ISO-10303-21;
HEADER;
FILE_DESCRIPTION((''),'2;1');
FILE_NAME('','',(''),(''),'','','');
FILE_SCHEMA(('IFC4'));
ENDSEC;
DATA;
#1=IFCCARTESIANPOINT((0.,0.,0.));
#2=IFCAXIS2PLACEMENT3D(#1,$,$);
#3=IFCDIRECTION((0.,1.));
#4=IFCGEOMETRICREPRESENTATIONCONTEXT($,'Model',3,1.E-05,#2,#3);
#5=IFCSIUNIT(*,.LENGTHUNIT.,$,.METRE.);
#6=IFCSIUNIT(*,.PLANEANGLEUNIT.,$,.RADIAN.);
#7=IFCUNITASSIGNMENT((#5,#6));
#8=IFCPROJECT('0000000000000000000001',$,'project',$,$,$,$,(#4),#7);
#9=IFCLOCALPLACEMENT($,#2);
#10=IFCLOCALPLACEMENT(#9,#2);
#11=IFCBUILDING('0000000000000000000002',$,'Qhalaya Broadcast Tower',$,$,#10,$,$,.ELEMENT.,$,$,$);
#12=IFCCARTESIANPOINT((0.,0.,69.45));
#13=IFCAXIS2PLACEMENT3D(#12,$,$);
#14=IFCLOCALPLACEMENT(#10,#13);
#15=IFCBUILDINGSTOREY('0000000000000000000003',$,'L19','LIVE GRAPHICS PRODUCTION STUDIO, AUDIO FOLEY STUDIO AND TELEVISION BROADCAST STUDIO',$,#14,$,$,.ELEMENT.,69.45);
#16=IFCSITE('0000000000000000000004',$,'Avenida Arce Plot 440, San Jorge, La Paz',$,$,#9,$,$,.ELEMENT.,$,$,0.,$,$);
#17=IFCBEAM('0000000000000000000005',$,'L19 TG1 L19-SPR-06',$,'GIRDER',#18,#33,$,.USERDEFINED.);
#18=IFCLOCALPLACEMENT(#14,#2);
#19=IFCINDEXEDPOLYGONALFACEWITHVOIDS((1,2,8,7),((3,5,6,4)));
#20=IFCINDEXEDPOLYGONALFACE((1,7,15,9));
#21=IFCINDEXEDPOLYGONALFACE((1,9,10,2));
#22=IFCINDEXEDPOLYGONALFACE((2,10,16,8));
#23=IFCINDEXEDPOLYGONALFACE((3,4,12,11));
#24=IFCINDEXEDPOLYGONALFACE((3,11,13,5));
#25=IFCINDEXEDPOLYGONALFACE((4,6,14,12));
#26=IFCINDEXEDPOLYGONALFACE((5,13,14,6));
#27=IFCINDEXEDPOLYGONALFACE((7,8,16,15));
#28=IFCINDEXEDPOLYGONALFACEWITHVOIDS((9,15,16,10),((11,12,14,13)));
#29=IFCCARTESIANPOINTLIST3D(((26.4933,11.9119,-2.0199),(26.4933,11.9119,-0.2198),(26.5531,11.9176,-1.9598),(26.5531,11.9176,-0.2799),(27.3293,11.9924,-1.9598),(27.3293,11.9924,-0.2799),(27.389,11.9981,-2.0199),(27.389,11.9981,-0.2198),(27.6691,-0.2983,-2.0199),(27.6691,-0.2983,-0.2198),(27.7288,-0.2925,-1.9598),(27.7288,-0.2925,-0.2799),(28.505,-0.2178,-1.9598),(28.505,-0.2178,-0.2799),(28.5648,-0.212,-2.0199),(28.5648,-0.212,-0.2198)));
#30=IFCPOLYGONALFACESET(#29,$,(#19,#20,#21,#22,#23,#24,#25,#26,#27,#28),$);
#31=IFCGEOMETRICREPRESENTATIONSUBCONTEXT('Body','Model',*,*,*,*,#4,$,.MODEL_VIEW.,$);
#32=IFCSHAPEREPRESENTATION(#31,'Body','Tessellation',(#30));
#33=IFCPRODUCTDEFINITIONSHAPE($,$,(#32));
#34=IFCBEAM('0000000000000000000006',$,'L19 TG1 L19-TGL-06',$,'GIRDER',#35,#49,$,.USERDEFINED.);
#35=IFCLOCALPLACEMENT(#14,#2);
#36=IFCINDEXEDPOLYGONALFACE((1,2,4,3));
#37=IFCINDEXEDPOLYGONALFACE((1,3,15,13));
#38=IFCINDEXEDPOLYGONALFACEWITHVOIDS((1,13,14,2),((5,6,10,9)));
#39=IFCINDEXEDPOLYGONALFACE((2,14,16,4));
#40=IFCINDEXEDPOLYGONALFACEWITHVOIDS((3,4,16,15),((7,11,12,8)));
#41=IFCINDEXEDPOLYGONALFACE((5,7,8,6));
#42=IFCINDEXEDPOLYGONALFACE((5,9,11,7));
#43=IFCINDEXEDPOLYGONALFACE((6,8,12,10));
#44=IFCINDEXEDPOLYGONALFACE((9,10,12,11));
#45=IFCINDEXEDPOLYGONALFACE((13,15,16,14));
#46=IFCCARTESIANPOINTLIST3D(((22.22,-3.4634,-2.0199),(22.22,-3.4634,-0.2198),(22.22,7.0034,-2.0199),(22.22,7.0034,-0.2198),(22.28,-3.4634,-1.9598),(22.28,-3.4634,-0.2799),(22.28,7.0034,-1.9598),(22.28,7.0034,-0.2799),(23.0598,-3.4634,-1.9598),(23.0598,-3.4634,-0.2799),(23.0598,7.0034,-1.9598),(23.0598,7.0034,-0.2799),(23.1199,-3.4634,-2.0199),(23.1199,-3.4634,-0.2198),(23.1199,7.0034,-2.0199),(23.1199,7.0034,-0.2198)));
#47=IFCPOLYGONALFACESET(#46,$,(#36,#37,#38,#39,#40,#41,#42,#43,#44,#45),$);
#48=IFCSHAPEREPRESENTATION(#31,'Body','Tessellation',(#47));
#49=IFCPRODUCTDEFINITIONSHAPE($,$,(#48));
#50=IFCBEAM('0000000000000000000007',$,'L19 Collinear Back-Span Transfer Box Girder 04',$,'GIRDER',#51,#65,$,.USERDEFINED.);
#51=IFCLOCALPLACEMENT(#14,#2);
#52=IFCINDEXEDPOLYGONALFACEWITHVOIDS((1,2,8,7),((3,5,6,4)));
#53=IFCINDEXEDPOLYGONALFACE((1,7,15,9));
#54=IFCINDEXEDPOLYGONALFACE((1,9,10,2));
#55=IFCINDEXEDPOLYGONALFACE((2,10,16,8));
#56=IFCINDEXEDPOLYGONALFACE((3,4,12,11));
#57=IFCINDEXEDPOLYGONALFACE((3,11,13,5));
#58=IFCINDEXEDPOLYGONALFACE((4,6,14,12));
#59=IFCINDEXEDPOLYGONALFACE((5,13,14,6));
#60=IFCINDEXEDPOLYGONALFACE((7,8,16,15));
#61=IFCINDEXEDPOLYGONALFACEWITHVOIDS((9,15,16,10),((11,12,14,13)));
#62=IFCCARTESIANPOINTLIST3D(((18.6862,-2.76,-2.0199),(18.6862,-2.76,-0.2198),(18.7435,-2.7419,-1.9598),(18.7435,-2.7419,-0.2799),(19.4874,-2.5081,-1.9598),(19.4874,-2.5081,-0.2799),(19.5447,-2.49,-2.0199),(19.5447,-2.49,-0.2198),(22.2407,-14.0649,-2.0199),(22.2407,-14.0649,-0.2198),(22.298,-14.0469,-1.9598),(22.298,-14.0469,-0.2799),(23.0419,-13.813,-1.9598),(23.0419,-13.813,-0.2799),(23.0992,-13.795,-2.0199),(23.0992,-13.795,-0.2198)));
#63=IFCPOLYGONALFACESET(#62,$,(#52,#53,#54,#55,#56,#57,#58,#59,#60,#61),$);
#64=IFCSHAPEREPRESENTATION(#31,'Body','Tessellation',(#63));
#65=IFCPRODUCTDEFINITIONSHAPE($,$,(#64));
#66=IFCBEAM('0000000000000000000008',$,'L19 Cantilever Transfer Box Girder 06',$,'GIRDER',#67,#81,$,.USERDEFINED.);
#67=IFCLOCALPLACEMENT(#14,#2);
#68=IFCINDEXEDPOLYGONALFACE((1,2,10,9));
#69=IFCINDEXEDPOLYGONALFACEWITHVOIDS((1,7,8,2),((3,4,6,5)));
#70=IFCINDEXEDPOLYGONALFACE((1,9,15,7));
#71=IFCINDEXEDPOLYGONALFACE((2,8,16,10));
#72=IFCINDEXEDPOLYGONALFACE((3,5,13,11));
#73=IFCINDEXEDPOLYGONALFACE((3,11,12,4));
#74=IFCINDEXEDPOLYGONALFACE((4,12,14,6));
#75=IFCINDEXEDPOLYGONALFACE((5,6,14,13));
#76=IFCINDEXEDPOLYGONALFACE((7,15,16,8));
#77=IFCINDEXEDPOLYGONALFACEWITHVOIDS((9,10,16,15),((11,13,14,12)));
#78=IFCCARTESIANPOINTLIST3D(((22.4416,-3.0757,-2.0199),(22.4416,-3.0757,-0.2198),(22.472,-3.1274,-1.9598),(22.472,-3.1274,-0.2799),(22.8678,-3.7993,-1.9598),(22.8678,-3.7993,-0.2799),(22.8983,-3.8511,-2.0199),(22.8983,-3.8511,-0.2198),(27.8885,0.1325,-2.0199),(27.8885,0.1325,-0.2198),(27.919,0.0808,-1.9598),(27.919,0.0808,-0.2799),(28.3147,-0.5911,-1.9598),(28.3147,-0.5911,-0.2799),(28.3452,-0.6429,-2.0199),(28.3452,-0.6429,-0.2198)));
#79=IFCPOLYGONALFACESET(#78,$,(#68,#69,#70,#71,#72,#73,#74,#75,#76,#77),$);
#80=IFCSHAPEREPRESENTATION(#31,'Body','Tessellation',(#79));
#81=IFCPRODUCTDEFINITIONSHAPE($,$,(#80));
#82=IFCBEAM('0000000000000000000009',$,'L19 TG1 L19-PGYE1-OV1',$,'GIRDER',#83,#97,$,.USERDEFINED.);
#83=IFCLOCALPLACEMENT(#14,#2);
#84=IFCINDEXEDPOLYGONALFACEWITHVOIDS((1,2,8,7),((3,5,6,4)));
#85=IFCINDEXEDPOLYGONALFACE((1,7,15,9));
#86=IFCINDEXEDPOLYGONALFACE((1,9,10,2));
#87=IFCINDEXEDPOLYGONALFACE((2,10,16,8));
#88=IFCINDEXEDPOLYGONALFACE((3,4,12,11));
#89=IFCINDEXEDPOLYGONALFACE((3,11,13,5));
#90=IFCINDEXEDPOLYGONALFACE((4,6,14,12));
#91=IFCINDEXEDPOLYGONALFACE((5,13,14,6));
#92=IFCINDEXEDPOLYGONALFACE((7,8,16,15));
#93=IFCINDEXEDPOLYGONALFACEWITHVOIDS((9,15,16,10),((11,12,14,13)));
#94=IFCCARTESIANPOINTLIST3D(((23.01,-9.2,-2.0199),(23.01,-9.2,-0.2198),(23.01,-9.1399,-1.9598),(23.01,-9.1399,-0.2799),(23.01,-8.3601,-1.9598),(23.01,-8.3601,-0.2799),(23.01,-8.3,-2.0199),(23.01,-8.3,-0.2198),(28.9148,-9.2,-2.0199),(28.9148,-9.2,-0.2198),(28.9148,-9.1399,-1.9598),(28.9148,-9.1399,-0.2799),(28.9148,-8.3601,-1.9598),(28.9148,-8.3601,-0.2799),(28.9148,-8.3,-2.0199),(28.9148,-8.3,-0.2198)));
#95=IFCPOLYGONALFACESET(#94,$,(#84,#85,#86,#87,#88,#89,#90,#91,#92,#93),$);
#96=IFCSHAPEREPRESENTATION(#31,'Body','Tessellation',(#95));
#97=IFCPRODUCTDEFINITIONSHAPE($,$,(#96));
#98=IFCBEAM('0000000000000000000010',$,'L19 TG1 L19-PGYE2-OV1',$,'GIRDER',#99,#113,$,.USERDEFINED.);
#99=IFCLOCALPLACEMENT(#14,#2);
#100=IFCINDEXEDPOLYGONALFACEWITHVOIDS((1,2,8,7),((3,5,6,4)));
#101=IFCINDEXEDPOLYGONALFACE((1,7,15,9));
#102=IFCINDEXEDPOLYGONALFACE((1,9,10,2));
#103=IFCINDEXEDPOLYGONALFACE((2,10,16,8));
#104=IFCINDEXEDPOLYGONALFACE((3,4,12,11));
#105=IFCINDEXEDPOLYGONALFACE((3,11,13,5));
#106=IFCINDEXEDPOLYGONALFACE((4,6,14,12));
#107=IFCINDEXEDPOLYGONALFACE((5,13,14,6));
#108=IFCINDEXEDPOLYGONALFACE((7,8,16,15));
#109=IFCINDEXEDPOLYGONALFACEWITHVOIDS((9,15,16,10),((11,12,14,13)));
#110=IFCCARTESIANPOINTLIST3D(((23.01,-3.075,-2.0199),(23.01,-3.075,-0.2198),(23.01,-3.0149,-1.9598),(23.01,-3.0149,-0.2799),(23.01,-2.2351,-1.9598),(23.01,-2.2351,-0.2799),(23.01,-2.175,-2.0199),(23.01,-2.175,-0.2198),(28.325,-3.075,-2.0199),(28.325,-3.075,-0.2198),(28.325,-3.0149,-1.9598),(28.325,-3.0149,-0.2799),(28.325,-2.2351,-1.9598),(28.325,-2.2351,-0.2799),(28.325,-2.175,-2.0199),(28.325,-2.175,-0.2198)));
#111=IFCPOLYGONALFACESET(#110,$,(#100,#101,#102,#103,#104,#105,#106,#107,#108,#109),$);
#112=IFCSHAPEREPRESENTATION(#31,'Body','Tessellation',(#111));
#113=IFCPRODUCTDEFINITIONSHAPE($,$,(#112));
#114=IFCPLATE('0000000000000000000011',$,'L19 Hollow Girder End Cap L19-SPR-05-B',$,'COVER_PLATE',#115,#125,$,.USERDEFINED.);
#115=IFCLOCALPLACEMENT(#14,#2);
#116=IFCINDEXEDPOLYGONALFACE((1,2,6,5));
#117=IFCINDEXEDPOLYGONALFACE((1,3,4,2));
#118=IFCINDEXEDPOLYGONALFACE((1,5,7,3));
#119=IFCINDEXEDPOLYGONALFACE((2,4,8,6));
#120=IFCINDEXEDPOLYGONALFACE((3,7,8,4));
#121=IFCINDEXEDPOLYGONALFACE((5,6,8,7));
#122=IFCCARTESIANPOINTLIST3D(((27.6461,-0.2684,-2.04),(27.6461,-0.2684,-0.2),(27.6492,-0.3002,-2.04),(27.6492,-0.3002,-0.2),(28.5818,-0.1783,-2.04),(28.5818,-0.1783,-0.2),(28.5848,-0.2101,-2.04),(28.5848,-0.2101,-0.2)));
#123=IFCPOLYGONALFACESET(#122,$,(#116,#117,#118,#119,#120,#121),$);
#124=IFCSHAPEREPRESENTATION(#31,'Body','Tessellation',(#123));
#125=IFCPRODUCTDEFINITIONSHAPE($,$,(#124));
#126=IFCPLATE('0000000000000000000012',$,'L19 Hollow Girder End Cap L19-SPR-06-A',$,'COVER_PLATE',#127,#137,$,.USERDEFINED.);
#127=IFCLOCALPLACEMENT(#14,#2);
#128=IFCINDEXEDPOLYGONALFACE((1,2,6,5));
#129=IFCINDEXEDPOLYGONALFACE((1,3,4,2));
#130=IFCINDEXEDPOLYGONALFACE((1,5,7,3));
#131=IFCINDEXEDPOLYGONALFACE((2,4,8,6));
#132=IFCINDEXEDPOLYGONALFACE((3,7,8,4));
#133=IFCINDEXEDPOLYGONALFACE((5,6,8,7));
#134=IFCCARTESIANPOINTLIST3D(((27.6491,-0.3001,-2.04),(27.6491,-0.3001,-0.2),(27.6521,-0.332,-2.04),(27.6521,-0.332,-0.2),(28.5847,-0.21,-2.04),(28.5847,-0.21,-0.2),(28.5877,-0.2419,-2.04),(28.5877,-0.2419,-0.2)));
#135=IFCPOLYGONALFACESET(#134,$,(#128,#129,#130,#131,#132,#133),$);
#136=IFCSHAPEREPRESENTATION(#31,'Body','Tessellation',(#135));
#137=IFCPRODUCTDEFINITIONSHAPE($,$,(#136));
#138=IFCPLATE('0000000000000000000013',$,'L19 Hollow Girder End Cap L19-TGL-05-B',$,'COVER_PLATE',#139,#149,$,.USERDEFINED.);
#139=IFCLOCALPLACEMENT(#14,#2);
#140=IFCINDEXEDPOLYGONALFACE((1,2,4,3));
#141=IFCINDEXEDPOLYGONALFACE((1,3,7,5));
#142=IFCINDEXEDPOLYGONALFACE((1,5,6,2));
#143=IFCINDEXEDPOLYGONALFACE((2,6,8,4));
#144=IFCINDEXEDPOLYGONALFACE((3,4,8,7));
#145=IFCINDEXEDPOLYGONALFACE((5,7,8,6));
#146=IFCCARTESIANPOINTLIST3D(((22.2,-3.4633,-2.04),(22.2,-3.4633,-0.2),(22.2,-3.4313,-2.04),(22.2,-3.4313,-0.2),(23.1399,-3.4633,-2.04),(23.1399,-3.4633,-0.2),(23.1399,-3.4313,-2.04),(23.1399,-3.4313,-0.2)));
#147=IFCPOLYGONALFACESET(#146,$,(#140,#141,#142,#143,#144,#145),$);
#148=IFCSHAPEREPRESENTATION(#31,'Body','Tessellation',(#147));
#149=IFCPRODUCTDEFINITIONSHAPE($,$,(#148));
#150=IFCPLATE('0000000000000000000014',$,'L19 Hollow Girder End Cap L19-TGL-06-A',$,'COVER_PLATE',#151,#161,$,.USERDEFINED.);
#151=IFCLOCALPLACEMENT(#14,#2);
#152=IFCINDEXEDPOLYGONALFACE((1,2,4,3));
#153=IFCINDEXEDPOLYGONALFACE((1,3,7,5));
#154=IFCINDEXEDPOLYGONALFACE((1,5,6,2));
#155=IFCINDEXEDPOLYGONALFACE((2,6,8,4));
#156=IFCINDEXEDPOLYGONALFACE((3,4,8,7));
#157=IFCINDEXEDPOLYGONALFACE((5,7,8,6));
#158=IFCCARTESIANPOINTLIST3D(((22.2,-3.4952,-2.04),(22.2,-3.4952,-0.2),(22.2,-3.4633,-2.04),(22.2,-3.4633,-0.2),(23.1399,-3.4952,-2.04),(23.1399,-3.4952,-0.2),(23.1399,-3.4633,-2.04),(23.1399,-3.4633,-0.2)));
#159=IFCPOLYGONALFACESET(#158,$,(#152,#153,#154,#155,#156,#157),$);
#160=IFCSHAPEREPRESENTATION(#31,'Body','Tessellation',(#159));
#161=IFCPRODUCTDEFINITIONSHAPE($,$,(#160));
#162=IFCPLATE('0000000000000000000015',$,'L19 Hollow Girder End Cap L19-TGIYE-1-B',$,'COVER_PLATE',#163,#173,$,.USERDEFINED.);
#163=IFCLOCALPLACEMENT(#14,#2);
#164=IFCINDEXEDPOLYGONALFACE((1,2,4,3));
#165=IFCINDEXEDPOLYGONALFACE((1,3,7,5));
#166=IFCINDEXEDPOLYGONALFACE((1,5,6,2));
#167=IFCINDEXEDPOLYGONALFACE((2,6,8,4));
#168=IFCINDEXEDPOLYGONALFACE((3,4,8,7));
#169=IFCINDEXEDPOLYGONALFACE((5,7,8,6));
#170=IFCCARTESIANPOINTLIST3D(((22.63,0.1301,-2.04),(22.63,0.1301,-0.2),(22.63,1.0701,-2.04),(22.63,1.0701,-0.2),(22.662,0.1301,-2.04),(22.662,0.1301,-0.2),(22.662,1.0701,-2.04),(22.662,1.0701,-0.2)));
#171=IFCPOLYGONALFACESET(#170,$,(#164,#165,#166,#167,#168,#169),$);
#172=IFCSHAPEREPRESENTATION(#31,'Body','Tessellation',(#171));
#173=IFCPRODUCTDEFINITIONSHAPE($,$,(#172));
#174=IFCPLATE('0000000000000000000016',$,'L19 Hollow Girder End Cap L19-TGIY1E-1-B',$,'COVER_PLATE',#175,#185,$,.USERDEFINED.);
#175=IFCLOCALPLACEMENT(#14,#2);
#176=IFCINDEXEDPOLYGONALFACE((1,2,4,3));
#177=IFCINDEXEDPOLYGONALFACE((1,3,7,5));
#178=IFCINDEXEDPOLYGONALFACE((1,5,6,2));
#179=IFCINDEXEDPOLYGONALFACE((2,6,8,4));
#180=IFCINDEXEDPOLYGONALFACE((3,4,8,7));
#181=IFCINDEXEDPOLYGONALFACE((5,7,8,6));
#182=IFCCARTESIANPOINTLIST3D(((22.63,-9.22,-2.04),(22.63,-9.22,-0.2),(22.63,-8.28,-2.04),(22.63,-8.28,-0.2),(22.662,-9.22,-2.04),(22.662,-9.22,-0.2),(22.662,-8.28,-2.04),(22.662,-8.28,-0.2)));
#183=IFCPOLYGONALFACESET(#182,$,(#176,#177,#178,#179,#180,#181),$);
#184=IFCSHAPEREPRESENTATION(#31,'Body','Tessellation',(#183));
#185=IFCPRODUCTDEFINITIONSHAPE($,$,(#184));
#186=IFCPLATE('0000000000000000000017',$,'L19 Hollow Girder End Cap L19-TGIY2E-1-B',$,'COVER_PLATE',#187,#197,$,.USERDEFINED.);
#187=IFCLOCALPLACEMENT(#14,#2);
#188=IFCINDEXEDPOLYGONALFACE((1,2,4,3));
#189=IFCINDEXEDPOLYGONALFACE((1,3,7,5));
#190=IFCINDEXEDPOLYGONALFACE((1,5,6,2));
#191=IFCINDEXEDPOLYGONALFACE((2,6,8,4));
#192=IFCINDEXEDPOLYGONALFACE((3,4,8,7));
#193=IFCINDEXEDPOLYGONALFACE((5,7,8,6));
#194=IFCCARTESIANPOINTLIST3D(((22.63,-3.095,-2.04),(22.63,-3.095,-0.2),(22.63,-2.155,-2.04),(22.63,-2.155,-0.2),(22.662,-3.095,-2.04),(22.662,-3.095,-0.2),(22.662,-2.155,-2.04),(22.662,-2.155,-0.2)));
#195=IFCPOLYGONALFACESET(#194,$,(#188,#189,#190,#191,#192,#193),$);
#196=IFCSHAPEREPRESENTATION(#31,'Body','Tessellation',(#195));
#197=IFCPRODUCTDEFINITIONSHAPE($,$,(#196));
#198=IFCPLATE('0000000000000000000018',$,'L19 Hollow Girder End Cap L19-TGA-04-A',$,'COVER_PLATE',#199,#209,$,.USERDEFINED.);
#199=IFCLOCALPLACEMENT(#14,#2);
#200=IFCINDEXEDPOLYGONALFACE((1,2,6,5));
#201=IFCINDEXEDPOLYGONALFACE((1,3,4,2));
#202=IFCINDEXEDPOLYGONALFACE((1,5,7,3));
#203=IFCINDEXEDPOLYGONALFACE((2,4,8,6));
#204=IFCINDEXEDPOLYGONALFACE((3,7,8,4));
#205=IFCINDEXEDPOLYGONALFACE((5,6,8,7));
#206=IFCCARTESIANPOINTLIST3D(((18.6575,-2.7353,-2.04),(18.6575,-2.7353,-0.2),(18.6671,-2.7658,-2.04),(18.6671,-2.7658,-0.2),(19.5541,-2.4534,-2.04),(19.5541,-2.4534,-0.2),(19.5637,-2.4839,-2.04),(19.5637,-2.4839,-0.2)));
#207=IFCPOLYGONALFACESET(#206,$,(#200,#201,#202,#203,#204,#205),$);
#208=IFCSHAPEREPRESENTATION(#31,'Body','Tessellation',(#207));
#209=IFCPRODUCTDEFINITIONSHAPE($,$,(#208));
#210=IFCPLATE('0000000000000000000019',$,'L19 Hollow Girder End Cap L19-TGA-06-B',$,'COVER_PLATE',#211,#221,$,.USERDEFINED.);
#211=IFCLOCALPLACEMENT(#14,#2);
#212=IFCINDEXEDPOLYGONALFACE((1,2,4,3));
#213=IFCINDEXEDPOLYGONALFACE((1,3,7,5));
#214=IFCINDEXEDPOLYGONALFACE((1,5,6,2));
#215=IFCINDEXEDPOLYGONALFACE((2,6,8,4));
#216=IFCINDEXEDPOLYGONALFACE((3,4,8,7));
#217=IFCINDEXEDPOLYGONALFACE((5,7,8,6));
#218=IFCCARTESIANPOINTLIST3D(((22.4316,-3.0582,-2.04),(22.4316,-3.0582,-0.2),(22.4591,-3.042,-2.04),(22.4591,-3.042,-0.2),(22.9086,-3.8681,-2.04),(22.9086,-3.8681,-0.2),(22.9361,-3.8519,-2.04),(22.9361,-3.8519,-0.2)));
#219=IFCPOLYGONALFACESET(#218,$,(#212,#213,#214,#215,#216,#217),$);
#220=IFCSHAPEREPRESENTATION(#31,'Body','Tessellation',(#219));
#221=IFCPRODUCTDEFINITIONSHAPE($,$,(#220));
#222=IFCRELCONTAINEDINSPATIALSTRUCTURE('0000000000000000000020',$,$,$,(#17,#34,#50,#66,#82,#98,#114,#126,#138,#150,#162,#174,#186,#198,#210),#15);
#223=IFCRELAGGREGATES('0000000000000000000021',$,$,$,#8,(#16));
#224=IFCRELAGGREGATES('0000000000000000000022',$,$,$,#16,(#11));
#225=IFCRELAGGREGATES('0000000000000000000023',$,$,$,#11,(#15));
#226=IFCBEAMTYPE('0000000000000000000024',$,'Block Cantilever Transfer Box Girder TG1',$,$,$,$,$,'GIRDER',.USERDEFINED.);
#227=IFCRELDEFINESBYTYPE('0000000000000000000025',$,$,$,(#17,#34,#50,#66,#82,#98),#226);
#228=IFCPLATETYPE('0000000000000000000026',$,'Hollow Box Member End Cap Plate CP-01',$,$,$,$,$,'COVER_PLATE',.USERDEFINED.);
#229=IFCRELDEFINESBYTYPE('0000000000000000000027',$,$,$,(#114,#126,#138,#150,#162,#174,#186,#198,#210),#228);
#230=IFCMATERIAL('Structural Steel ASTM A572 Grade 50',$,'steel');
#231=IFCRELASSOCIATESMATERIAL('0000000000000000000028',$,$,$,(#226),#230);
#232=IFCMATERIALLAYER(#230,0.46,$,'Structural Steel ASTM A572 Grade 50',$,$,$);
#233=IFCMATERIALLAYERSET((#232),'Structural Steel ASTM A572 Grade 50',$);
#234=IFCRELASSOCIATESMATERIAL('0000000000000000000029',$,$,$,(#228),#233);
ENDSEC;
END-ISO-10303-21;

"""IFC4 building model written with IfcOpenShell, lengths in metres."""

from ifc_helpers import new_model, si_unit, direction, frame, origin, origin_2d, place, context, subcontext, project, spatial, rectangle, hollow_rectangle, extrude, material, layer, layer_set, material_profile, profile_set, type_object, element, save


model = new_model("IFC4")

# Units and contexts
model_context = context("Model", 3, precision=1e-05, world=origin(), true_north=direction((0.0, 1.0)))
body_context = subcontext(model_context, "Body", "Model", "MODEL_VIEW")
ifc_project = project(units=[si_unit("LENGTHUNIT", "METRE"), si_unit("PLANEANGLEUNIT", "RADIAN")], contexts=[model_context])

# Site, building, storey
site_placement = place(None, origin())
site = spatial("IfcSite", under=ifc_project, at=site_placement, Name="Avenida Arce Plot 440, San Jorge, La Paz", CompositionType="ELEMENT", RefElevation=0.0)
building_placement = place(site_placement, origin())
building = spatial("IfcBuilding", under=site, at=building_placement, Name="Qhalaya Broadcast Tower", CompositionType="ELEMENT")
storey_placement = place(building_placement, frame((0.0, 0.0, 69.45)))
storey = spatial("IfcBuildingStorey", under=building, at=storey_placement, Name="L19", Description="LIVE GRAPHICS PRODUCTION STUDIO, AUDIO FOLEY STUDIO AND TELEVISION BROADCAST STUDIO", CompositionType="ELEMENT", Elevation=69.45)

# Beams
ifc_material = material(Name="Structural Steel ASTM A572 Grade 50", Category="steel")
ifc_material_profile = material_profile(ifc_material, hollow_rectangle(XDim=0.8999, YDim=1.8, WallThickness=0.0601, at=origin_2d()), Name="BOX 900x1800x60")
ifc_profile_set = profile_set([ifc_material_profile], Name="Structural Steel ASTM A572 Grade 50")
beam_type = type_object("IfcBeamType", Name="Block Cantilever Transfer Box Girder TG1", ElementType="GIRDER", PredefinedType="USERDEFINED", material=ifc_profile_set)
beam_1_placement = place(storey_placement, frame((28.1169, -0.2551, -1.1199), z_axis=(-0.095852, 0.995396, 0.0), x_axis=(-0.995396, -0.095852, 0.0)))
element("IfcBeam", 1, at=beam_1_placement, inside=storey, type_object=beam_type, Name="L19 TG1 L19-SPR-06", ObjectType="GIRDER", PredefinedType="USERDEFINED", context=body_context, shape_type="SweptSolid", body=[
    extrude(hollow_rectangle(XDim=0.8999, YDim=1.8, WallThickness=0.0601, at=origin_2d()), origin(), (0.0, 0.0, 1.0), 12.2666),
])
beam_2_placement = place(storey_placement, frame((22.6699, -3.4634, -1.1199), z_axis=(0.0, 1.0, 0.0), x_axis=(-1.0, 0.0, 0.0)))
element("IfcBeam", 2, at=beam_2_placement, inside=storey, type_object=beam_type, Name="L19 TG1 L19-TGL-06", ObjectType="GIRDER", PredefinedType="USERDEFINED", context=body_context, shape_type="SweptSolid", body=[
    extrude(hollow_rectangle(XDim=0.8999, YDim=1.8, WallThickness=0.0601, at=origin_2d()), origin(), (0.0, 0.0, 1.0), 10.4668),
])
beam_3_placement = place(storey_placement, frame((19.1155, -2.625, -1.1199), z_axis=(0.299939, -0.953958, 0.0), x_axis=(0.953958, 0.299939, 0.0)))
element("IfcBeam", 3, at=beam_3_placement, inside=storey, type_object=beam_type, Name="L19 Collinear Back-Span Transfer Box Girder 04", ObjectType="GIRDER", PredefinedType="USERDEFINED", context=body_context, shape_type="SweptSolid", body=[
    extrude(hollow_rectangle(XDim=0.8999, YDim=1.8, WallThickness=0.0601, at=origin_2d()), origin(), (0.0, 0.0, 1.0), 11.8506),
])
beam_4_placement = place(storey_placement, frame((22.6699, -3.4634, -1.1199), z_axis=(0.861649, 0.507504, 0.0), x_axis=(-0.507504, 0.861649, 0.0)))
element("IfcBeam", 4, at=beam_4_placement, inside=storey, type_object=beam_type, Name="L19 Cantilever Transfer Box Girder 06", ObjectType="GIRDER", PredefinedType="USERDEFINED", context=body_context, shape_type="SweptSolid", body=[
    extrude(hollow_rectangle(XDim=0.8999, YDim=1.8, WallThickness=0.0601, at=origin_2d()), origin(), (0.0, 0.0, 1.0), 6.3215),
])
beam_5_placement = place(storey_placement, frame((23.01, -8.75, -1.1199), z_axis=(1.0, 0.0, 0.0), x_axis=(0.0, 1.0, 0.0)))
element("IfcBeam", 5, at=beam_5_placement, inside=storey, type_object=beam_type, Name="L19 TG1 L19-PGYE1-OV1", ObjectType="GIRDER", PredefinedType="USERDEFINED", context=body_context, shape_type="SweptSolid", body=[
    extrude(hollow_rectangle(XDim=0.8999, YDim=1.8, WallThickness=0.0601, at=origin_2d()), origin(), (0.0, 0.0, 1.0), 5.9048),
])
beam_6_placement = place(storey_placement, frame((23.01, -2.625, -1.1199), z_axis=(1.0, 0.0, 0.0), x_axis=(0.0, 1.0, 0.0)))
element("IfcBeam", 6, at=beam_6_placement, inside=storey, type_object=beam_type, Name="L19 TG1 L19-PGYE2-OV1", ObjectType="GIRDER", PredefinedType="USERDEFINED", context=body_context, shape_type="SweptSolid", body=[
    extrude(hollow_rectangle(XDim=0.8999, YDim=1.8, WallThickness=0.0601, at=origin_2d()), origin(), (0.0, 0.0, 1.0), 5.3149),
])

# Plates
ifc_layer = layer(ifc_material, 0.46, Name="Structural Steel ASTM A572 Grade 50")
ifc_layer_set = layer_set([ifc_layer], Name="Structural Steel ASTM A572 Grade 50")
plate_type = type_object("IfcPlateType", Name="Hollow Box Member End Cap Plate CP-01", ElementType="COVER_PLATE", PredefinedType="USERDEFINED", material=ifc_layer_set)
for number, where, z_axis, x_axis, name in (
    (7, (28.1155, -0.2393, -2.04), (0.0, 0.0, 1.0), (-0.995396, -0.095846, 0.0), "L19 Hollow Girder End Cap L19-SPR-05-B"),
    (8, (28.1184, -0.271, -2.04), (0.0, 0.0, 1.0), (-0.995396, -0.095846, 0.0), "L19 Hollow Girder End Cap L19-SPR-06-A"),
    (9, (22.6699, -3.4473, -2.04), (0.0, 0.0, 1.0), (-1.0, 0.0, 0.0), "L19 Hollow Girder End Cap L19-TGL-05-B"),
    (10, (22.6699, -3.4792, -2.04), (0.0, 0.0, 1.0), (-1.0, 0.0, 0.0), "L19 Hollow Girder End Cap L19-TGL-06-A"),
    (11, (22.646, 0.6001, -2.04), (0.0, 0.0, 1.0), (0.0, 1.0, 0.0), "L19 Hollow Girder End Cap L19-TGIYE-1-B"),
    (12, (22.646, -8.75, -2.04), (0.0, 0.0, 1.0), (0.0, 1.0, 0.0), "L19 Hollow Girder End Cap L19-TGIY1E-1-B"),
    (13, (22.646, -2.625, -2.04), (0.0, 0.0, 1.0), (0.0, 1.0, 0.0), "L19 Hollow Girder End Cap L19-TGIY2E-1-B"),
    (14, (19.1106, -2.6096, -2.04), (0.0, 0.0, 1.0), (0.953958, 0.29994, 0.0), "L19 Hollow Girder End Cap L19-TGA-04-A"),
    (15, (22.6838, -3.4551, -2.04), (0.0, 0.0, 1.0), (-0.507493, 0.861656, 0.0), "L19 Hollow Girder End Cap L19-TGA-06-B"),
):
    element("IfcPlate", number, at=place(storey_placement, frame(where, z_axis=z_axis, x_axis=x_axis)), inside=storey, type_object=plate_type, Name=name, ObjectType="COVER_PLATE", PredefinedType="USERDEFINED", context=body_context, shape_type="SweptSolid", body=[
        extrude(rectangle(XDim=0.9399, YDim=0.032, at=origin_2d()), origin(), (0.0, 0.0, 1.0), 1.8401),
    ])

save(model, "model.ifc")
